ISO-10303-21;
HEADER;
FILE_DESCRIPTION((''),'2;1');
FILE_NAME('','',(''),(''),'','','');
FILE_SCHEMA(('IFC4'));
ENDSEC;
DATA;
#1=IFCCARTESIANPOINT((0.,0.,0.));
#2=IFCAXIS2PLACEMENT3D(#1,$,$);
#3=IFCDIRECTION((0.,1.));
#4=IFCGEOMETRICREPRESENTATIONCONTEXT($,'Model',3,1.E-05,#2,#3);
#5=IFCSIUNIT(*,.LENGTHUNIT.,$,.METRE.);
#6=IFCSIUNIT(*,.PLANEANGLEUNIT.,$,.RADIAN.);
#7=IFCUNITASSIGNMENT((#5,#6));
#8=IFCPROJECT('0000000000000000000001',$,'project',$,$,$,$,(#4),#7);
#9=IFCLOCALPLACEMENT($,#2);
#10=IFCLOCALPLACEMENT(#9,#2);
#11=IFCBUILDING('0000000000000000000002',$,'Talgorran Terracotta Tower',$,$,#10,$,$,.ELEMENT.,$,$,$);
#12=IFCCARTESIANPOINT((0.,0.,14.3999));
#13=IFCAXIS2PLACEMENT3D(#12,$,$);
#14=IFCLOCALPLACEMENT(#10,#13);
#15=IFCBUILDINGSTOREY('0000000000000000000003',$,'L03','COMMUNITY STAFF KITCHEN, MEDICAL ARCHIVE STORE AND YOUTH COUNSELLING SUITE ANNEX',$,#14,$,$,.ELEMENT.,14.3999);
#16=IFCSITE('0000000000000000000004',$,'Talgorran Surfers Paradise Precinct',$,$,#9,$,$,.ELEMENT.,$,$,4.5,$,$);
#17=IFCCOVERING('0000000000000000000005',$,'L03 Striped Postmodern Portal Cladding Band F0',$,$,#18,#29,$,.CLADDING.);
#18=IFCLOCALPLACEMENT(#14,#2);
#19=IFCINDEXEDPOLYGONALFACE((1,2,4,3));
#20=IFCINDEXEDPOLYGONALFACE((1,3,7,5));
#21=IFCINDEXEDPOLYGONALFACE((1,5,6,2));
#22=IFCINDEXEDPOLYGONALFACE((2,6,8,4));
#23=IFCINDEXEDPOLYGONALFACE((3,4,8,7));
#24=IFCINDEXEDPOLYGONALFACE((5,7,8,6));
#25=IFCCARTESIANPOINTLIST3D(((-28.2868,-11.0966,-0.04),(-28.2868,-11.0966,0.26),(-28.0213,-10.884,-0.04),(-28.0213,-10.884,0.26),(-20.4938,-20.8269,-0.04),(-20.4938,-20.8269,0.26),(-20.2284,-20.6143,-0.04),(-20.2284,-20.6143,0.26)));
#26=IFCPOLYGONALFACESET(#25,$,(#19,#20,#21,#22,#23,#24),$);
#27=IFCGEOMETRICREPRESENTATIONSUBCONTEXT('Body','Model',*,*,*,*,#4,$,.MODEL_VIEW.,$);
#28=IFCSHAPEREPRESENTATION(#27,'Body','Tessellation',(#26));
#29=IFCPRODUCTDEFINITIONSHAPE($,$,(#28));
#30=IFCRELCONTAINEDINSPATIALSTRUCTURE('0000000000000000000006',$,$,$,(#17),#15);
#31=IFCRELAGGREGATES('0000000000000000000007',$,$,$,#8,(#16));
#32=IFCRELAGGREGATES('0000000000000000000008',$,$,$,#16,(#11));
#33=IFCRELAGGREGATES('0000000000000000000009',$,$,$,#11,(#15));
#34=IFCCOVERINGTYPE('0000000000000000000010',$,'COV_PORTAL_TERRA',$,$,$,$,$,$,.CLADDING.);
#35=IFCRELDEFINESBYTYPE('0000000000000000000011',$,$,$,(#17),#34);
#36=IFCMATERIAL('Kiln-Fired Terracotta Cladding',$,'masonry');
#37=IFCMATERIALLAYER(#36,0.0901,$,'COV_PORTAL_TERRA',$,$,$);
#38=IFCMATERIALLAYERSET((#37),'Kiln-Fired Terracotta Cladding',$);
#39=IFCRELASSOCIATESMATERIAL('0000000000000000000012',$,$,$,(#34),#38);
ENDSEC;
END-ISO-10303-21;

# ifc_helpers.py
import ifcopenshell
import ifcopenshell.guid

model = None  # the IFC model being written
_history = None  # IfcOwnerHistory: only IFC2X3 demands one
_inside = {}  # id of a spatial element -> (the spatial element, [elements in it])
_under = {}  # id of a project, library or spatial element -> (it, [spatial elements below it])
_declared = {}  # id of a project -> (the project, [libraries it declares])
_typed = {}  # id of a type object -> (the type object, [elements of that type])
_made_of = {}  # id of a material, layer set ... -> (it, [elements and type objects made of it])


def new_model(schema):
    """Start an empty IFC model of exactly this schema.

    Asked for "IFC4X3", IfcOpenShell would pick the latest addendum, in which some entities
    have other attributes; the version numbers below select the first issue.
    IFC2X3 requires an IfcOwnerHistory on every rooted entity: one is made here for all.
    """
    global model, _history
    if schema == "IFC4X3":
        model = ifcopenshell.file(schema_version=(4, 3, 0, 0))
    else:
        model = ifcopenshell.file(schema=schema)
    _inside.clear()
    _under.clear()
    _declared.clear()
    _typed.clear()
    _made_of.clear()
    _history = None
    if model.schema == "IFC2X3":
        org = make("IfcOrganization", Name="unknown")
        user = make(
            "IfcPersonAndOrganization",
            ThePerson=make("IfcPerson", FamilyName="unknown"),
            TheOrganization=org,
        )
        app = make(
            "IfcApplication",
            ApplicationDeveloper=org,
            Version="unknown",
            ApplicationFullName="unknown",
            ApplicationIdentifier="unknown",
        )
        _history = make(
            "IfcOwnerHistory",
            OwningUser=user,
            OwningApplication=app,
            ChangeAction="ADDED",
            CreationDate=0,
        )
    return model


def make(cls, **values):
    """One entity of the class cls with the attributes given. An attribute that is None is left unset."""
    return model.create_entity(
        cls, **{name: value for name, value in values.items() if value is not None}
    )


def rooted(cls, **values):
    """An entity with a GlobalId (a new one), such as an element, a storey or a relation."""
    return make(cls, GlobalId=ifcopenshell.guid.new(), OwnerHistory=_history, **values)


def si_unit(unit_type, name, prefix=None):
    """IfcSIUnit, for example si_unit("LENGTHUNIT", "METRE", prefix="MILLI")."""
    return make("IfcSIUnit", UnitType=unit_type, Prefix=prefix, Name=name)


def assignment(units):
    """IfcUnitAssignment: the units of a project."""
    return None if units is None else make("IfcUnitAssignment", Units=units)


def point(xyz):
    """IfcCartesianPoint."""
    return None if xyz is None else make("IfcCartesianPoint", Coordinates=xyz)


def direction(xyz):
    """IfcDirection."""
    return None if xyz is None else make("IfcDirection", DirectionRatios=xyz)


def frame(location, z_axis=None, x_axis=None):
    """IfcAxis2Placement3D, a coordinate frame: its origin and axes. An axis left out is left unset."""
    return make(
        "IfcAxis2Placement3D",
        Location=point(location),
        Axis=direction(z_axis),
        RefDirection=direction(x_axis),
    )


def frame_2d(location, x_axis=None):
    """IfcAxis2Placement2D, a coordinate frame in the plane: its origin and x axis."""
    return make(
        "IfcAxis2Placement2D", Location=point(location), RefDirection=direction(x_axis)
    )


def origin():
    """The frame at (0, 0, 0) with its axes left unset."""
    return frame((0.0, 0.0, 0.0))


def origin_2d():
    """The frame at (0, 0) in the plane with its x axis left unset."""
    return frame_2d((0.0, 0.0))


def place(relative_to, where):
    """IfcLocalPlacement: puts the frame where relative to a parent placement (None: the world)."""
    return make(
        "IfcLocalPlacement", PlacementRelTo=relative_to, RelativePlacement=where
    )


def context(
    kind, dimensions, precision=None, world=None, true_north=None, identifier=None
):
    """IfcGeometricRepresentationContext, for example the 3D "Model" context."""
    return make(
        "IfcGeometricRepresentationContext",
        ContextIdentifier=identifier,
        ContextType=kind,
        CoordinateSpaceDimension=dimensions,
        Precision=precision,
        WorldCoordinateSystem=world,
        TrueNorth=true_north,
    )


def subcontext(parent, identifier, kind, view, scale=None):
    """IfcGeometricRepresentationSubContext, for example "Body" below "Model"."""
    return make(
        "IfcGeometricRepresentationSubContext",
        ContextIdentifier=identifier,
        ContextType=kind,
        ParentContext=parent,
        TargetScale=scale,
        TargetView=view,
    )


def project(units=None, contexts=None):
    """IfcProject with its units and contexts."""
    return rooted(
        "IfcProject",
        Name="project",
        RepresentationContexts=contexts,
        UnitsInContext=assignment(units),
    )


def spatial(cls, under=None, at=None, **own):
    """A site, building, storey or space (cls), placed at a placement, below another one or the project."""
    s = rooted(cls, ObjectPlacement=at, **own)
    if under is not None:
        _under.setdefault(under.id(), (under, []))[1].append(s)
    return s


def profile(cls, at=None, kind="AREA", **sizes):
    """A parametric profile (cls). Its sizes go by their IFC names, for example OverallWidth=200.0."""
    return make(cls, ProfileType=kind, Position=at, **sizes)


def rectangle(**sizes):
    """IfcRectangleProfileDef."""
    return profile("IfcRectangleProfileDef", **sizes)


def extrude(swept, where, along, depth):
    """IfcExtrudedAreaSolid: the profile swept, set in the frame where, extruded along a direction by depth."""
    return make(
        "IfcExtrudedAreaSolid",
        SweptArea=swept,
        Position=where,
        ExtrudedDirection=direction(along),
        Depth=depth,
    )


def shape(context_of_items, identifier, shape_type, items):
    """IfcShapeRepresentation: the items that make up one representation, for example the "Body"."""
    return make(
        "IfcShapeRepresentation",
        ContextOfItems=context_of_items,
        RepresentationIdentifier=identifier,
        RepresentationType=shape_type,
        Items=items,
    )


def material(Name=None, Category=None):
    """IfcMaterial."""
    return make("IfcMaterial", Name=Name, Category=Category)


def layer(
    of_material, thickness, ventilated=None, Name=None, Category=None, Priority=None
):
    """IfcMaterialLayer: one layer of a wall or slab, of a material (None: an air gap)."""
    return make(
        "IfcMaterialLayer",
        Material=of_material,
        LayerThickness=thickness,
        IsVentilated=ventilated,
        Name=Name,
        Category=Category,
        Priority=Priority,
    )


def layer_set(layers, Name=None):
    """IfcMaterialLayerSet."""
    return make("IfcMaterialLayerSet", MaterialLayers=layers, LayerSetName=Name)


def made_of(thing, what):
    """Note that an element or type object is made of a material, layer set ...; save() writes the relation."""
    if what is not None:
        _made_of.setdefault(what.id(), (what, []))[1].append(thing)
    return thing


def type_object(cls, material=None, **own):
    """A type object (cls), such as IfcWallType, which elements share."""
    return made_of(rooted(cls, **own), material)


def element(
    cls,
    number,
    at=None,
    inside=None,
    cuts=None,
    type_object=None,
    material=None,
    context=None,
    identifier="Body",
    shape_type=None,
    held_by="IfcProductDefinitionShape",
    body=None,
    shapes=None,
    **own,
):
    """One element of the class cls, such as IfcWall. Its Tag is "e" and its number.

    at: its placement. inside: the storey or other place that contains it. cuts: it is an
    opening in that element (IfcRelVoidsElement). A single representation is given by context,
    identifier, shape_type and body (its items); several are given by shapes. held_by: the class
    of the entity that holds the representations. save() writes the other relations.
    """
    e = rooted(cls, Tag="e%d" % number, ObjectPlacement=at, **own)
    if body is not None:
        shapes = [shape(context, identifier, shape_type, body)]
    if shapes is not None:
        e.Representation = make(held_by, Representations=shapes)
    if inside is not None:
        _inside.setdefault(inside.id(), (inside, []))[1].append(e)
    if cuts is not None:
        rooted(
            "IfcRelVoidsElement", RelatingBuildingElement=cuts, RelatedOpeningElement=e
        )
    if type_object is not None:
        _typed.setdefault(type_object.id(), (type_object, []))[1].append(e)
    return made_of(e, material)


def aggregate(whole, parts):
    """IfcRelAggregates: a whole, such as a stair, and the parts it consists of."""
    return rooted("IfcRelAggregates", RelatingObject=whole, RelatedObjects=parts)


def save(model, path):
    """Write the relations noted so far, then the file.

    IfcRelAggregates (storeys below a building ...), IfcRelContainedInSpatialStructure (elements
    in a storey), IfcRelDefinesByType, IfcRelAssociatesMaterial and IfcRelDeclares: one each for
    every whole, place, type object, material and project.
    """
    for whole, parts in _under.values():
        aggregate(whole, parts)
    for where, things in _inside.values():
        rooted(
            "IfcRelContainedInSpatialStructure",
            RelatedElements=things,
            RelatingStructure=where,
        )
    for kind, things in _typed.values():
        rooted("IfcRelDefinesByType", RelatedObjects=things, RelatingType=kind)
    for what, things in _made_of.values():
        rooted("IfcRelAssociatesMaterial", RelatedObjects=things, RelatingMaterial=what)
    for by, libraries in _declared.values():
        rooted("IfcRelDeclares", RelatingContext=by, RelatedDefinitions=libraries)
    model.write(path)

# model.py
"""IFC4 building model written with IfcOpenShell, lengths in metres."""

from ifc_helpers import new_model, si_unit, direction, frame, origin, origin_2d, place, context, subcontext, project, spatial, rectangle, extrude, material, layer, layer_set, type_object, element, save


model = new_model("IFC4")

# Units and contexts
model_context = context("Model", 3, precision=1e-05, world=origin(), true_north=direction((0.0, 1.0)))
body_context = subcontext(model_context, "Body", "Model", "MODEL_VIEW")
ifc_project = project(units=[si_unit("LENGTHUNIT", "METRE"), si_unit("PLANEANGLEUNIT", "RADIAN")], contexts=[model_context])

# Site, building, storey
site_placement = place(None, origin())
site = spatial("IfcSite", under=ifc_project, at=site_placement, Name="Talgorran Surfers Paradise Precinct", CompositionType="ELEMENT", RefElevation=4.5)
building_placement = place(site_placement, origin())
building = spatial("IfcBuilding", under=site, at=building_placement, Name="Talgorran Terracotta Tower", CompositionType="ELEMENT")
storey_placement = place(building_placement, frame((0.0, 0.0, 14.3999)))
storey = spatial("IfcBuildingStorey", under=building, at=storey_placement, Name="L03", Description="COMMUNITY STAFF KITCHEN, MEDICAL ARCHIVE STORE AND YOUTH COUNSELLING SUITE ANNEX", CompositionType="ELEMENT", Elevation=14.3999)

# Covering
ifc_material_1 = material(Name="Kiln-Fired Terracotta Cladding", Category="masonry")
ifc_layer_1 = layer(ifc_material_1, 0.0901, Name="COV_PORTAL_TERRA")
ifc_layer_set_1 = layer_set([ifc_layer_1], Name="Kiln-Fired Terracotta Cladding")
covering_type_1 = type_object("IfcCoveringType", Name="COV_PORTAL_TERRA", PredefinedType="CLADDING", material=ifc_layer_set_1)
covering_1_placement = place(storey_placement, frame((-24.2576, -15.8555, -0.04), z_axis=(0.0, 0.0, 1.0), x_axis=(0.62512, -0.780529, 0.0)))
element("IfcCovering", 1, at=covering_1_placement, inside=storey, type_object=covering_type_1, Name="L03 Striped Postmodern Portal Cladding Band F0", PredefinedType="CLADDING", context=body_context, shape_type="SweptSolid", body=[
    extrude(rectangle(XDim=12.4663, YDim=0.3401, at=origin_2d()), origin(), (0.0, 0.0, 1.0), 0.3),
])

save(model, "model.ifc")
